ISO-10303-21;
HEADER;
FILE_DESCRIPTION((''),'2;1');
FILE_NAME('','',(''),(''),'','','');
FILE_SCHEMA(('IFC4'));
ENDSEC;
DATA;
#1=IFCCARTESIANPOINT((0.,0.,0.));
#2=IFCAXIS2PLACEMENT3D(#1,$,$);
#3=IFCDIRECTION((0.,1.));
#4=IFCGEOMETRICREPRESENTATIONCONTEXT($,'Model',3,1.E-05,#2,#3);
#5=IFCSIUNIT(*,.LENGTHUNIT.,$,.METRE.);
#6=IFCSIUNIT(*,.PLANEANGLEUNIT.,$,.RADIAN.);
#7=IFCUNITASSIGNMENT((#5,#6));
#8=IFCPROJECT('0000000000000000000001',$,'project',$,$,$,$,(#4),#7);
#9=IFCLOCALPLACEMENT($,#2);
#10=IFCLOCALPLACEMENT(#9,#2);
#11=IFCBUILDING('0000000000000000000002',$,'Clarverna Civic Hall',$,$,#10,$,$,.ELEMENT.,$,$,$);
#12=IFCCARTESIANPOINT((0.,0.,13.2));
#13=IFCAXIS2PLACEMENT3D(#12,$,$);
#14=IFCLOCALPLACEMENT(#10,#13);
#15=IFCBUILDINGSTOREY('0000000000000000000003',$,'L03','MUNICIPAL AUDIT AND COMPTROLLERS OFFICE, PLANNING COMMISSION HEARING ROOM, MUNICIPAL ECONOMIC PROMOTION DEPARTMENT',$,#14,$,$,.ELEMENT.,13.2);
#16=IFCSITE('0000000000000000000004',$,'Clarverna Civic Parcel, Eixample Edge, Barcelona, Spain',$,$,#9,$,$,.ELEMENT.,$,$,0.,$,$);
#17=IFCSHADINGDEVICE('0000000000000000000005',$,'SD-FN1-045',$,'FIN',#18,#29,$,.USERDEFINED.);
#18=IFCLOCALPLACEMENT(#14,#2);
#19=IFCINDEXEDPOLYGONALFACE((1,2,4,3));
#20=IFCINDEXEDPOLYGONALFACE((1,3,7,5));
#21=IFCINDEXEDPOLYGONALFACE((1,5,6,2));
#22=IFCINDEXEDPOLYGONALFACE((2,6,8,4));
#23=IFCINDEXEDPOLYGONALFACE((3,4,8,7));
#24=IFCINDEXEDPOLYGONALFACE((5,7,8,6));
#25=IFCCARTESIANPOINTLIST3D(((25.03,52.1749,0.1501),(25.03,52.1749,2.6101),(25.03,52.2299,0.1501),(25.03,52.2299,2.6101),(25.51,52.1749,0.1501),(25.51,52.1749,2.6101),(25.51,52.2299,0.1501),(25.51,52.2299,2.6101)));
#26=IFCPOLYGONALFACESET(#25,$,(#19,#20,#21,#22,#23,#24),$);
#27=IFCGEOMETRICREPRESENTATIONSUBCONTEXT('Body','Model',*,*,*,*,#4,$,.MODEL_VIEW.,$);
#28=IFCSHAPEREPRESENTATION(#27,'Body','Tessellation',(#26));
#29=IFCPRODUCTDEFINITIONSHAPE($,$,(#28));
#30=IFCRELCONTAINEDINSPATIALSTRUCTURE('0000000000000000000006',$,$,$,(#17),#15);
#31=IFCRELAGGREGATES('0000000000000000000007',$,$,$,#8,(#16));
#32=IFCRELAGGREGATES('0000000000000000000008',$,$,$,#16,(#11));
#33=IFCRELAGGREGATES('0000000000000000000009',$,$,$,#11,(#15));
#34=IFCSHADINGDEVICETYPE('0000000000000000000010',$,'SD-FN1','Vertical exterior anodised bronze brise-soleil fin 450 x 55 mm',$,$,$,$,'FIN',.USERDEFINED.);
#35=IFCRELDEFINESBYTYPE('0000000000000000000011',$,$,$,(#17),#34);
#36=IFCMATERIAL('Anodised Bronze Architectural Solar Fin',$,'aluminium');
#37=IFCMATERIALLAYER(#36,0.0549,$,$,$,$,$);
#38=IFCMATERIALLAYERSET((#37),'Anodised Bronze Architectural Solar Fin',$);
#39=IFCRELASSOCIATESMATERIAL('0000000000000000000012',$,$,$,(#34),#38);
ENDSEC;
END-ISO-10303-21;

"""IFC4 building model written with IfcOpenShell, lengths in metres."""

from ifc_helpers import new_model, si_unit, direction, frame, frame_2d, origin, place, context, subcontext, project, spatial, rectangle, extrude, material, layer, layer_set, type_object, element, save


model = new_model("IFC4")

# Units and contexts
model_context = context("Model", 3, precision=1e-05, world=origin(), true_north=direction((0.0, 1.0)))
body_context = subcontext(model_context, "Body", "Model", "MODEL_VIEW")
ifc_project = project(units=[si_unit("LENGTHUNIT", "METRE"), si_unit("PLANEANGLEUNIT", "RADIAN")], contexts=[model_context])

# Site, building, storey
site_placement = place(None, origin())
site = spatial("IfcSite", under=ifc_project, at=site_placement, Name="Clarverna Civic Parcel, Eixample Edge, Barcelona, Spain", CompositionType="ELEMENT", RefElevation=0.0)
building_placement = place(site_placement, origin())
building = spatial("IfcBuilding", under=site, at=building_placement, Name="Clarverna Civic Hall", CompositionType="ELEMENT")
storey_placement = place(building_placement, frame((0.0, 0.0, 13.2)))
storey = spatial("IfcBuildingStorey", under=building, at=storey_placement, Name="L03", Description="MUNICIPAL AUDIT AND COMPTROLLERS OFFICE, PLANNING COMMISSION HEARING ROOM, MUNICIPAL ECONOMIC PROMOTION DEPARTMENT", CompositionType="ELEMENT", Elevation=13.2)

# Shading device
ifc_material_1 = material(Name="Anodised Bronze Architectural Solar Fin", Category="aluminium")
ifc_layer_1 = layer(ifc_material_1, 0.0549)
ifc_layer_set_1 = layer_set([ifc_layer_1], Name="Anodised Bronze Architectural Solar Fin")
shading_device_type = type_object("IfcShadingDeviceType", Name="SD-FN1", Description="Vertical exterior anodised bronze brise-soleil fin 450 x 55 mm", ElementType="FIN", PredefinedType="USERDEFINED", material=ifc_layer_set_1)
shading_device_placement = place(storey_placement, frame((25.03, 52.2024, 0.1501), z_axis=(0.0, 0.0, 1.0), x_axis=(1.0, 0.0, 0.0)))
element("IfcShadingDevice", 1, at=shading_device_placement, inside=storey, type_object=shading_device_type, Name="SD-FN1-045", ObjectType="FIN", PredefinedType="USERDEFINED", context=body_context, shape_type="SweptSolid", body=[
    extrude(rectangle(XDim=0.48, YDim=0.0549, at=frame_2d((0.24, 0.0))), origin(), (0.0, 0.0, 1.0), 2.46),
])

save(model, "model.ifc")
